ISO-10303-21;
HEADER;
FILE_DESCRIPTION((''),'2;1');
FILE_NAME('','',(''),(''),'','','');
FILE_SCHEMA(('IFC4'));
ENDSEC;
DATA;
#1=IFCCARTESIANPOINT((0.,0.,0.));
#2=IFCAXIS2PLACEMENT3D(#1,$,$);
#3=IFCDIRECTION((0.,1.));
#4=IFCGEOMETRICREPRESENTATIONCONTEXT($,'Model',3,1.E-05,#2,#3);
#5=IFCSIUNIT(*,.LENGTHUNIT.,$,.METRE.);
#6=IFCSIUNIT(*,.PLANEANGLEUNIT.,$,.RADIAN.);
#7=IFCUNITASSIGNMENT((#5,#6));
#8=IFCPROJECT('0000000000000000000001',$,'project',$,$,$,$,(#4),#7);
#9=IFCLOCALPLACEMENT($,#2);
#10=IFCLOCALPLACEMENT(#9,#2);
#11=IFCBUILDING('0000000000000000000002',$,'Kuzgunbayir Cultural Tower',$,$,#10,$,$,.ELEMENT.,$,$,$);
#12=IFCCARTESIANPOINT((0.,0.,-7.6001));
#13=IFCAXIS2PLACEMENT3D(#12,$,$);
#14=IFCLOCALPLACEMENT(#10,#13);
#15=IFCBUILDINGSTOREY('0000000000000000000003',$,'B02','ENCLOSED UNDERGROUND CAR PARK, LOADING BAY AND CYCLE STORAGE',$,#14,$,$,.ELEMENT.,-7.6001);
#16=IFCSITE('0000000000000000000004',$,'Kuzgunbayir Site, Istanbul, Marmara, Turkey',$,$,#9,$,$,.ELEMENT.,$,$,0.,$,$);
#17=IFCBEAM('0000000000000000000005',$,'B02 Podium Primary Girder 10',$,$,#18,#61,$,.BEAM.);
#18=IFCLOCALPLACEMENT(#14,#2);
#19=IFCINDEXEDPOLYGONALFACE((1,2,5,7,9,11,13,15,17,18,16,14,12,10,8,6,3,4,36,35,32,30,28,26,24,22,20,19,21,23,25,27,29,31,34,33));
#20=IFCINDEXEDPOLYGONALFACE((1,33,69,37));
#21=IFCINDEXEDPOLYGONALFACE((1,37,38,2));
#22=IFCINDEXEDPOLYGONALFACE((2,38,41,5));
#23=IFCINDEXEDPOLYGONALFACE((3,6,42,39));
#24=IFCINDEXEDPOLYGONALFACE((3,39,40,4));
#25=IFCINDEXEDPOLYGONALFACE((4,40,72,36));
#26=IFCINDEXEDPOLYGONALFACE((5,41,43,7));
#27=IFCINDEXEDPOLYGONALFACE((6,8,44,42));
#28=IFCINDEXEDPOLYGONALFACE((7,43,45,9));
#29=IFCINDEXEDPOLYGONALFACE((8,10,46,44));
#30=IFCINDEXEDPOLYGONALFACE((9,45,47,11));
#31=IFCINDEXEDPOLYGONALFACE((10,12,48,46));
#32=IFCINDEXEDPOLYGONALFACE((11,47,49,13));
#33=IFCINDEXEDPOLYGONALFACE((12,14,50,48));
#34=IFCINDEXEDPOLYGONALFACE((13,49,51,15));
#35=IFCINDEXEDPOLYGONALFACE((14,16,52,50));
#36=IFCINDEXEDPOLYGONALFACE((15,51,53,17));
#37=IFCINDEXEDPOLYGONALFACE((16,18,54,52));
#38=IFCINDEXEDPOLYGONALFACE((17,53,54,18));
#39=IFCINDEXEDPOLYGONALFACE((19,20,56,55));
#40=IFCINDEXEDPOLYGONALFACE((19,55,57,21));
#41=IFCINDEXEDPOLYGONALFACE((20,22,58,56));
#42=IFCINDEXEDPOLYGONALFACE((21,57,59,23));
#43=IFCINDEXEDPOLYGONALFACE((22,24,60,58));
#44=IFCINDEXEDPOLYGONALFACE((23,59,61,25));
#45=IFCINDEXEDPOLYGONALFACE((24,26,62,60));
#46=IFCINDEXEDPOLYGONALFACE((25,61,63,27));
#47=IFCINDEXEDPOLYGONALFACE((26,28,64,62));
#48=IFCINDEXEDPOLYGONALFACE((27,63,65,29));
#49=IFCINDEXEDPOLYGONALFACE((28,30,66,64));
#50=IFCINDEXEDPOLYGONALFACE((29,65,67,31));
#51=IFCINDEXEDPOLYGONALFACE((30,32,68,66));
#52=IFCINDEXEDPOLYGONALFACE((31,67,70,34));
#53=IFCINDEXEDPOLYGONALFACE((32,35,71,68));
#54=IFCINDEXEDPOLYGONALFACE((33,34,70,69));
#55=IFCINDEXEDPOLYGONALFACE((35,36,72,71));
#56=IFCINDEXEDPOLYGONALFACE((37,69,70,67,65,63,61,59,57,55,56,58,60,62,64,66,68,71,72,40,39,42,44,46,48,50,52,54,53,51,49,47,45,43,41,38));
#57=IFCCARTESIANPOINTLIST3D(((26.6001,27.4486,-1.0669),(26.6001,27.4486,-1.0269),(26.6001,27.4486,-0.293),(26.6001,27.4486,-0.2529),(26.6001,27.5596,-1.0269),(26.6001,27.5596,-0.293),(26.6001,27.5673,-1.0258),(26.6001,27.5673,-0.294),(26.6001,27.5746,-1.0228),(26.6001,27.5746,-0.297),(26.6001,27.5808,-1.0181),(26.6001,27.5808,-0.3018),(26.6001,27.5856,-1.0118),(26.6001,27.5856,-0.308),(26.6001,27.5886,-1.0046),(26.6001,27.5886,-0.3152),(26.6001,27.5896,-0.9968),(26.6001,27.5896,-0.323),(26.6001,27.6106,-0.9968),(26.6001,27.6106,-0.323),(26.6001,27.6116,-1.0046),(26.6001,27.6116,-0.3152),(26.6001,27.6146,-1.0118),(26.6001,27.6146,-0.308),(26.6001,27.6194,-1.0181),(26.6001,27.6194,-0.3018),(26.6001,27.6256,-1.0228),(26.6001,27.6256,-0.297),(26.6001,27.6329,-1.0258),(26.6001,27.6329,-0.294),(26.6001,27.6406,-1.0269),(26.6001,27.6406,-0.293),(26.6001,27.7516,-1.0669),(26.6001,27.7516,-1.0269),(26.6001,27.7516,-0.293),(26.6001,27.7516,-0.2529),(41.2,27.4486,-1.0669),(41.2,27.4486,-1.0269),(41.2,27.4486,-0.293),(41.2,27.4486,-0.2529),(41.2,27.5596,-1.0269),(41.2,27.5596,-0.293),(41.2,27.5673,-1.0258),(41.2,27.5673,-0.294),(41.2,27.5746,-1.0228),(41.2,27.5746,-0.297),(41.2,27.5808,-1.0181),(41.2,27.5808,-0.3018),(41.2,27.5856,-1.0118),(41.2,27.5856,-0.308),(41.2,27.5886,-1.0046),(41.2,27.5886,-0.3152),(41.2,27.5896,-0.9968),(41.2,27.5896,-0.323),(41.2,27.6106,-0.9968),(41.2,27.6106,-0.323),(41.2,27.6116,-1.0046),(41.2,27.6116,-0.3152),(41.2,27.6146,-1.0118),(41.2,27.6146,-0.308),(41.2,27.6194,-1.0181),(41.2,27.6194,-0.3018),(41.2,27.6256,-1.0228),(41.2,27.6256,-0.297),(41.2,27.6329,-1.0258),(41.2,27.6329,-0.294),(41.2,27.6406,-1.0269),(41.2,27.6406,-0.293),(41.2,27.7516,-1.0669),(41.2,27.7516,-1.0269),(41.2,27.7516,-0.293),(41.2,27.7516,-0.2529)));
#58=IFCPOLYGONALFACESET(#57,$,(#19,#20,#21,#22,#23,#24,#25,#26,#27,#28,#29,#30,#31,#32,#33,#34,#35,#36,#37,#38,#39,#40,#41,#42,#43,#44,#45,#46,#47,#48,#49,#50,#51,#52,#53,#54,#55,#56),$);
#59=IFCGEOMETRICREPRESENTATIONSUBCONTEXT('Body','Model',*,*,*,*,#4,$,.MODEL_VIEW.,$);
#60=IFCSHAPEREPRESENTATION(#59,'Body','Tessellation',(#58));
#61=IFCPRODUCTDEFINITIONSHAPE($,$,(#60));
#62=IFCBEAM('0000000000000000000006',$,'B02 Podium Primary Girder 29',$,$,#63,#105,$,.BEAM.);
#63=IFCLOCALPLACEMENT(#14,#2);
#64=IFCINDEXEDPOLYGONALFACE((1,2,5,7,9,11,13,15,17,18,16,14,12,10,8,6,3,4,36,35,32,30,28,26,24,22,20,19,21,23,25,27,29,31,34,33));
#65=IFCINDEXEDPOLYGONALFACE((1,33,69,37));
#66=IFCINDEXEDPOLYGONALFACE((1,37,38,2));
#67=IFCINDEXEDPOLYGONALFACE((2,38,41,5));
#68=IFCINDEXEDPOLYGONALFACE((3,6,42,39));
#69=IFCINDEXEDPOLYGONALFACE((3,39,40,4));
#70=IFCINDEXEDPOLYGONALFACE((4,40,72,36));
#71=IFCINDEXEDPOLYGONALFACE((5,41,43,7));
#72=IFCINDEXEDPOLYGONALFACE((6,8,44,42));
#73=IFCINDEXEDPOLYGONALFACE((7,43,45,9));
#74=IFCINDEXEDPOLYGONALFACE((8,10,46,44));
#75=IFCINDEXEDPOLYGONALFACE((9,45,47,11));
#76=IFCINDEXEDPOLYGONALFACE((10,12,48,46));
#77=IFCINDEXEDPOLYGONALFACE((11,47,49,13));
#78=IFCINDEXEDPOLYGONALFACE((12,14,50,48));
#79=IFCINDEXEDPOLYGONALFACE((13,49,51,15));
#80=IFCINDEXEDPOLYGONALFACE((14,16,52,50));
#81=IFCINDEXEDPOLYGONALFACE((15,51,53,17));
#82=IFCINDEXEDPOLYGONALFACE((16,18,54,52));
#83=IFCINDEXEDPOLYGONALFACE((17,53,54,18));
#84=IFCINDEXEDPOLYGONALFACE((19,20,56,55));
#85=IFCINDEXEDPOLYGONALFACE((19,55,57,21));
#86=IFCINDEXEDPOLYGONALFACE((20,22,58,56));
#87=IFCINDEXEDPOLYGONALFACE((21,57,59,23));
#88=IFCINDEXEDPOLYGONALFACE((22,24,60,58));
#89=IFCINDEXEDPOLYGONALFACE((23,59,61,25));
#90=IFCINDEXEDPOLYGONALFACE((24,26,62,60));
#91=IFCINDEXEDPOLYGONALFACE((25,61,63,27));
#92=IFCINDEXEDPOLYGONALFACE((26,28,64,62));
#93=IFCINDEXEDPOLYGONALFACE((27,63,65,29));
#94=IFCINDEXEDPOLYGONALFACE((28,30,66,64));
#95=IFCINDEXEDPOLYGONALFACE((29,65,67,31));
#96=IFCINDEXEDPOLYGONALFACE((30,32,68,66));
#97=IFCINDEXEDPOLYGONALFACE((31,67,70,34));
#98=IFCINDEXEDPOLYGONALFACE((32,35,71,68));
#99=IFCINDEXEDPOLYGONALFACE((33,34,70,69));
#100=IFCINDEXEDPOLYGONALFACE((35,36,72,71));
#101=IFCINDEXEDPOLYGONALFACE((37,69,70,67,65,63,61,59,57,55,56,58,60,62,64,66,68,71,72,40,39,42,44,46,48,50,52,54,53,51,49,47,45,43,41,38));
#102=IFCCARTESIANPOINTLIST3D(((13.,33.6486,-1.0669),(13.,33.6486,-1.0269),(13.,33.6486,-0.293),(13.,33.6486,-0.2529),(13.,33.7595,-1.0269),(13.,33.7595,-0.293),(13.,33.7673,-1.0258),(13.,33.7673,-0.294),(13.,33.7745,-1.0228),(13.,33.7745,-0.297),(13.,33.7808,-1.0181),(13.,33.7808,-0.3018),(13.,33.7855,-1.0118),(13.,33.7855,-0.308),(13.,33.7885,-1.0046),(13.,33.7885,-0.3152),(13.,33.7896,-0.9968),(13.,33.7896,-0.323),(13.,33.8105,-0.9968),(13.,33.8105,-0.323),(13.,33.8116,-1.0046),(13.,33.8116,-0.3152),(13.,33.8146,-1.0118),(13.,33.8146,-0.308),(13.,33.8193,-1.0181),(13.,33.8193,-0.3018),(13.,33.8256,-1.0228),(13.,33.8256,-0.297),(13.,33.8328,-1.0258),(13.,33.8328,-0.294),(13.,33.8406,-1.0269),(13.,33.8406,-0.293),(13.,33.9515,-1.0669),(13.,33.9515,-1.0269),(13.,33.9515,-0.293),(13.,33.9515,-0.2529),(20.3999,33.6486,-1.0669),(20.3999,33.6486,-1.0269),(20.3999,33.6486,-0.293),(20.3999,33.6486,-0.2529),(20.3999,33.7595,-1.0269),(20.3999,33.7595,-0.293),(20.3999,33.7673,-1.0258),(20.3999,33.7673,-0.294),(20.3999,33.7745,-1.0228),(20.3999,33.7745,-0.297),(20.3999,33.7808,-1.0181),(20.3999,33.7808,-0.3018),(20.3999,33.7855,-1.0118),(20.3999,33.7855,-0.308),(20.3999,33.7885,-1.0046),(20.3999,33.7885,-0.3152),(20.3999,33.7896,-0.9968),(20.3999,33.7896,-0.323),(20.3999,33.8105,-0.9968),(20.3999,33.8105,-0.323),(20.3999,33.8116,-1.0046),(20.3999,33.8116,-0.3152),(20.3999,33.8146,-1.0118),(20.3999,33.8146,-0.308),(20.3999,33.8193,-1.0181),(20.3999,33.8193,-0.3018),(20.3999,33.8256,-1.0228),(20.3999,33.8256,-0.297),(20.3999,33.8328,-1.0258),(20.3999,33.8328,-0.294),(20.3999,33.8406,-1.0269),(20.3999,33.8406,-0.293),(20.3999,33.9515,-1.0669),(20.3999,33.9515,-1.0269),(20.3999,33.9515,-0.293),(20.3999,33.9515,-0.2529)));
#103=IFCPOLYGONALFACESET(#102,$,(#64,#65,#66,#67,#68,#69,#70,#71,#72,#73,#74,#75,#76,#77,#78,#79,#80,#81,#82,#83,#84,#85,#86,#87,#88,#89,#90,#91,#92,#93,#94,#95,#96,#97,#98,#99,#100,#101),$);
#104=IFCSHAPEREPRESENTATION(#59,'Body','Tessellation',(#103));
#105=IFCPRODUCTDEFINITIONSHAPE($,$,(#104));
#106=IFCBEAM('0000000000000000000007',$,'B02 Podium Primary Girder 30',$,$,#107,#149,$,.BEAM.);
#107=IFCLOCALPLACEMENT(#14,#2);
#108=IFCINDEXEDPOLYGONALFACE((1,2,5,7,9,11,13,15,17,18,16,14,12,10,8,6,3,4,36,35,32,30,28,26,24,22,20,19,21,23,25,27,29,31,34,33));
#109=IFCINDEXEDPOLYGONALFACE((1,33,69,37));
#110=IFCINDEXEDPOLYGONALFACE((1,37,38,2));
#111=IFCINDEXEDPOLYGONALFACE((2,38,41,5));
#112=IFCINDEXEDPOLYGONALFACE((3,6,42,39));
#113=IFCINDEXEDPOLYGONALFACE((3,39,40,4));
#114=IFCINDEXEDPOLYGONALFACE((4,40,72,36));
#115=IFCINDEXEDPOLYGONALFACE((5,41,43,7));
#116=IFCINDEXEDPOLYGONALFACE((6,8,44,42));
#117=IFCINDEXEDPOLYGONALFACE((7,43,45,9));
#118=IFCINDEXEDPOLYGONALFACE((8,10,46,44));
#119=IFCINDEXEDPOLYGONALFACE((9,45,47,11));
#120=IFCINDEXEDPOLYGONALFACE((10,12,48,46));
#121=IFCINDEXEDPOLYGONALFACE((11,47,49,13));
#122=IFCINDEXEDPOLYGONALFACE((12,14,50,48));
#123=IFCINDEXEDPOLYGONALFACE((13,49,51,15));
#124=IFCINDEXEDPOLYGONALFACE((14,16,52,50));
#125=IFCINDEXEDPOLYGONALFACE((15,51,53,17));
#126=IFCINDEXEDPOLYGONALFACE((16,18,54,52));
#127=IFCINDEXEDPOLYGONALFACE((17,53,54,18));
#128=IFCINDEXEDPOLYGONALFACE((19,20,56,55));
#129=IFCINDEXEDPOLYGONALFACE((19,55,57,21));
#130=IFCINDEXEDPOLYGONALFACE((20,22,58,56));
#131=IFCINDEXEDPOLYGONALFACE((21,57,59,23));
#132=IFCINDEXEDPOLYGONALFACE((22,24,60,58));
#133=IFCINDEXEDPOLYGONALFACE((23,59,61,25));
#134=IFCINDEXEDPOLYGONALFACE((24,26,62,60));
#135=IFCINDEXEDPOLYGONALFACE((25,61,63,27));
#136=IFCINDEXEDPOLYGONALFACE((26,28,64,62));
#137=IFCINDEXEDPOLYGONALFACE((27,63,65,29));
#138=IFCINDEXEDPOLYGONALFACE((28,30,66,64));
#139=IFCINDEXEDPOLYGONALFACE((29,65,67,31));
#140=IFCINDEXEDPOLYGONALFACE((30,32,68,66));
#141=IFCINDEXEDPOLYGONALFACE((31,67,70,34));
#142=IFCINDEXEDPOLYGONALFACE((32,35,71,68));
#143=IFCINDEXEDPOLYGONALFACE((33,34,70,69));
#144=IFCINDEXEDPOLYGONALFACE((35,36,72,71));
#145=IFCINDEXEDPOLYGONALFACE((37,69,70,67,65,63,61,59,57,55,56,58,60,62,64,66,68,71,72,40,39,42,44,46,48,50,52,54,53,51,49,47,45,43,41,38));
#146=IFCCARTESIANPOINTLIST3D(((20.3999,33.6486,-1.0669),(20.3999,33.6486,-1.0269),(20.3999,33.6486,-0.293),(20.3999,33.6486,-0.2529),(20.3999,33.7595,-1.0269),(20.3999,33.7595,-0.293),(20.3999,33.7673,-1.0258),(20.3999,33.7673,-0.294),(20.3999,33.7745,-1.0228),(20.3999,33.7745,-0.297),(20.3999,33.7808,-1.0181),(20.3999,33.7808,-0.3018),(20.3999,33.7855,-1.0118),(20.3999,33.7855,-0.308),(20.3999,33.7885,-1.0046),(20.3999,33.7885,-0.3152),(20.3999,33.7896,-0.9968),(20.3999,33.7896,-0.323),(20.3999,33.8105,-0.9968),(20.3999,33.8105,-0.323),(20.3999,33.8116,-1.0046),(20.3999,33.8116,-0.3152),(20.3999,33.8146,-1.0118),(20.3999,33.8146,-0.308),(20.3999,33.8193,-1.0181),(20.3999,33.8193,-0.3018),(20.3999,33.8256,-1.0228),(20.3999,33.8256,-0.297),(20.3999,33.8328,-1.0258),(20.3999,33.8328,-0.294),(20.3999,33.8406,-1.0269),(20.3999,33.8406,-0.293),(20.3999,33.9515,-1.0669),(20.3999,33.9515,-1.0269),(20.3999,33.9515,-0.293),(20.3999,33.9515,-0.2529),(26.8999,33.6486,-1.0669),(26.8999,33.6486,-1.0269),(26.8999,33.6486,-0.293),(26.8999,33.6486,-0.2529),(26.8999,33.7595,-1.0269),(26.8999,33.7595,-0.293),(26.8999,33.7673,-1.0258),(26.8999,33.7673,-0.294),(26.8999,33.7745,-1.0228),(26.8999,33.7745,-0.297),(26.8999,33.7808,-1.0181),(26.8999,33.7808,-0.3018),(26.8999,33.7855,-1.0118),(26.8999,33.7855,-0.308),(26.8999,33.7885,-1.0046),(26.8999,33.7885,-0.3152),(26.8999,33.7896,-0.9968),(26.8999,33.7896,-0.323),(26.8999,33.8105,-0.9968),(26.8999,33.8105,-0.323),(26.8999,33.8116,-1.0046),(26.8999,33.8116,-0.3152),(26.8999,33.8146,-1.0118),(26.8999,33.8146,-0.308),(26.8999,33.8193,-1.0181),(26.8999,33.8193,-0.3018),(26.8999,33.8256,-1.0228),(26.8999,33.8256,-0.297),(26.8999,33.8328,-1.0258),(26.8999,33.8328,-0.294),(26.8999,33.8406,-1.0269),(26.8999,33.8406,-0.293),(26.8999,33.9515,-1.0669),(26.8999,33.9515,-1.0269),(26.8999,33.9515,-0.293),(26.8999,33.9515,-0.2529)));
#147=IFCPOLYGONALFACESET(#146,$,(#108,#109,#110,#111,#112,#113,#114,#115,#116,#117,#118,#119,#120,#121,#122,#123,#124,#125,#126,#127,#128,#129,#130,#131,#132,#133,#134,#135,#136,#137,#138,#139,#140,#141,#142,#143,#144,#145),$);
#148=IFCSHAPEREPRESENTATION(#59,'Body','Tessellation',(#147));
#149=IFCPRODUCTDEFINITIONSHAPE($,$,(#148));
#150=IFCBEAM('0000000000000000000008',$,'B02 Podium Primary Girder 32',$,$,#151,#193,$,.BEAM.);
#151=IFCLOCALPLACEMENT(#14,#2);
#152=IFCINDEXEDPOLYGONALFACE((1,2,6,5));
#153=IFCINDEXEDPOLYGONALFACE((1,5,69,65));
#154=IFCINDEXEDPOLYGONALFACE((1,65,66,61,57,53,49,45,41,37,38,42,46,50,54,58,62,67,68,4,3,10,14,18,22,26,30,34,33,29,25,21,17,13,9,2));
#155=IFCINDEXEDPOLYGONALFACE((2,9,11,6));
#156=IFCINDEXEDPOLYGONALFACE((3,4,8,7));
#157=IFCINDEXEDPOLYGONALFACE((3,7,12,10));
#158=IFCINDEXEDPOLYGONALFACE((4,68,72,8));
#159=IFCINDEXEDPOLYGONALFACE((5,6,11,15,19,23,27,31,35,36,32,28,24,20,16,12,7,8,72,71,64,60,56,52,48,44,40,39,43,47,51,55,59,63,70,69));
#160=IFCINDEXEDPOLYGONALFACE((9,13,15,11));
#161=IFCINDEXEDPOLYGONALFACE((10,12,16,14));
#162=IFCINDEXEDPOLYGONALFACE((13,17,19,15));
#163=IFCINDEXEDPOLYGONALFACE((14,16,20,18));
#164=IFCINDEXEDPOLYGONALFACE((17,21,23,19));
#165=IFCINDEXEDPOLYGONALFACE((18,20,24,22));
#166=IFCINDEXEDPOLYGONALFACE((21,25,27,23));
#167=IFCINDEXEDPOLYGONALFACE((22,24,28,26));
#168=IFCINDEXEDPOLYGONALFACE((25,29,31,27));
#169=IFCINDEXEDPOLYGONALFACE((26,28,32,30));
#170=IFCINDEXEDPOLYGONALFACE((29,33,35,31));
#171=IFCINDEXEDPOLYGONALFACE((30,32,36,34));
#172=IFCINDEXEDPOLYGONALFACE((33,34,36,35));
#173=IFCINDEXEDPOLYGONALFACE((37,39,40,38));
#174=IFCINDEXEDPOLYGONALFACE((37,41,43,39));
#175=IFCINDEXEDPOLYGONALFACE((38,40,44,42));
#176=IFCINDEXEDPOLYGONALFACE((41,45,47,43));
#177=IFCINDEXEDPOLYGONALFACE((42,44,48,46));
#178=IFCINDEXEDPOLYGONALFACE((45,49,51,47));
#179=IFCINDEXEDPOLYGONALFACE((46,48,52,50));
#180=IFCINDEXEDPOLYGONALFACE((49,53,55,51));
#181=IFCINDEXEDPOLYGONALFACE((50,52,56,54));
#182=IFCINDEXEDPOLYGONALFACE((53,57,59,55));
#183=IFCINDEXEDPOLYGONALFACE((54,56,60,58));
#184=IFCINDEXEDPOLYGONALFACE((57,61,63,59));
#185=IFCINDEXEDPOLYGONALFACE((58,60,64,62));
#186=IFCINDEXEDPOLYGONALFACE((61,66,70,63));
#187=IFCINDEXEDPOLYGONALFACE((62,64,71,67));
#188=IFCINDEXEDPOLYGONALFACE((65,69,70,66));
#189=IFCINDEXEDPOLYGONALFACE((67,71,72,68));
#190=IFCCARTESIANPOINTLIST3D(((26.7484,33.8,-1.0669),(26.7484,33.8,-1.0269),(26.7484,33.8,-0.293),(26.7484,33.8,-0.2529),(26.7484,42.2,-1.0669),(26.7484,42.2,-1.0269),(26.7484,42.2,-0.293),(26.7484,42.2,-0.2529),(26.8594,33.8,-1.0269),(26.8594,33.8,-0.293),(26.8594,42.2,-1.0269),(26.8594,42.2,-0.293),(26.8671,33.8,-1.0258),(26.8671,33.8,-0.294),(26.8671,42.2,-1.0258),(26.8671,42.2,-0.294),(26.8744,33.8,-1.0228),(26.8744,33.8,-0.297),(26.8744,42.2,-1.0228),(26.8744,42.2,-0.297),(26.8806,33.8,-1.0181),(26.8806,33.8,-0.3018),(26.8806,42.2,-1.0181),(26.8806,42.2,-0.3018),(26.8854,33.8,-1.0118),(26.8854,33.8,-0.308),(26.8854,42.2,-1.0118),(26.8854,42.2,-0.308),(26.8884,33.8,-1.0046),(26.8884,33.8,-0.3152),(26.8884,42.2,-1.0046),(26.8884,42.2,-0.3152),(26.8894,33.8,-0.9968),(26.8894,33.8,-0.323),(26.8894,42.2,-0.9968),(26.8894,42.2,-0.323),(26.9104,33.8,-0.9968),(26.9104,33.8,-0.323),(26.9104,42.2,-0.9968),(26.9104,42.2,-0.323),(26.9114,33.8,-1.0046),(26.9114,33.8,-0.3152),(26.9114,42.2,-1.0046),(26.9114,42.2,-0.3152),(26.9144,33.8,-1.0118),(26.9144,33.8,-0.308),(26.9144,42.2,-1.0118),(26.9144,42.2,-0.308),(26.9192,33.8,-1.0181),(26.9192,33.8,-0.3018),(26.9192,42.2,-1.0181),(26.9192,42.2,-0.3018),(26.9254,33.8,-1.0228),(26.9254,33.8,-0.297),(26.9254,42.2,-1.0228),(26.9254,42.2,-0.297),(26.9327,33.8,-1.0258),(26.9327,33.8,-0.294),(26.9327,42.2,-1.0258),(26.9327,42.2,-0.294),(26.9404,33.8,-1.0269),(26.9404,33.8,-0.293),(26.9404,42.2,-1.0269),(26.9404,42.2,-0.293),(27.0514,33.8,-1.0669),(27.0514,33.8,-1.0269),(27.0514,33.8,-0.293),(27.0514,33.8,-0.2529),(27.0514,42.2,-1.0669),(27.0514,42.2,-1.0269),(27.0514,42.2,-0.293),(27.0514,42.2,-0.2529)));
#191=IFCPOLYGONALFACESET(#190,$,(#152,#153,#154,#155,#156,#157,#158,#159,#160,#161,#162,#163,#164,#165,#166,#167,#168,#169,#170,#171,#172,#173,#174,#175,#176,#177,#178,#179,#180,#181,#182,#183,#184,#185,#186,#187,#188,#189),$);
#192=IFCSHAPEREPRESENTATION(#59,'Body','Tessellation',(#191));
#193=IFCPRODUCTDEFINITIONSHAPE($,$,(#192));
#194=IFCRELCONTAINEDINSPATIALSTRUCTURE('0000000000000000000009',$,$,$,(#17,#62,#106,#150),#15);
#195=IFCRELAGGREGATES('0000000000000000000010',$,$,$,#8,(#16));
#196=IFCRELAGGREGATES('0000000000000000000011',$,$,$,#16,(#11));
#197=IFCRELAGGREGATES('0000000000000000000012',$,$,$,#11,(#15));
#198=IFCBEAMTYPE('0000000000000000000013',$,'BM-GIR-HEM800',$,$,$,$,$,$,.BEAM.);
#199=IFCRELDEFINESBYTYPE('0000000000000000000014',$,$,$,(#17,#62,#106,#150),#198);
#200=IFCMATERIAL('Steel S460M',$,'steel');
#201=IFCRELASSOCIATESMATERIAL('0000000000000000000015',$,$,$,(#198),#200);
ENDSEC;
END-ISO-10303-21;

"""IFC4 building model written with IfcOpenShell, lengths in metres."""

from ifc_helpers import new_model, si_unit, direction, frame, origin, origin_2d, place, context, subcontext, project, spatial, i_section, extrude, material, material_profile, profile_set, type_object, element, save


model = new_model("IFC4")

# Units and contexts
model_context = context("Model", 3, precision=1e-05, world=origin(), true_north=direction((0.0, 1.0)))
body_context = subcontext(model_context, "Body", "Model", "MODEL_VIEW")
ifc_project = project(units=[si_unit("LENGTHUNIT", "METRE"), si_unit("PLANEANGLEUNIT", "RADIAN")], contexts=[model_context])

# Site, building, storey
site_placement = place(None, origin())
site = spatial("IfcSite", under=ifc_project, at=site_placement, Name="Kuzgunbayir Site, Istanbul, Marmara, Turkey", CompositionType="ELEMENT", RefElevation=0.0)
building_placement = place(site_placement, origin())
building = spatial("IfcBuilding", under=site, at=building_placement, Name="Kuzgunbayir Cultural Tower", CompositionType="ELEMENT")
storey_placement = place(building_placement, frame((0.0, 0.0, -7.6001)))
storey = spatial("IfcBuildingStorey", under=building, at=storey_placement, Name="B02", Description="ENCLOSED UNDERGROUND CAR PARK, LOADING BAY AND CYCLE STORAGE", CompositionType="ELEMENT", Elevation=-7.6001)

# Beams
ifc_material_1 = material(Name="Steel S460M", Category="steel")
ifc_material_profile_1 = material_profile(ifc_material_1, i_section(OverallWidth=0.303, OverallDepth=0.814, WebThickness=0.021, FlangeThickness=0.04, FilletRadius=0.03, at=origin_2d()), Name="HEM 800")
ifc_profile_set_1 = profile_set([ifc_material_profile_1], Name="Steel S460M")
beam_type = type_object("IfcBeamType", Name="BM-GIR-HEM800", PredefinedType="BEAM", material=ifc_profile_set_1)
beam_1_placement = place(storey_placement, frame((26.6001, 27.6001, -0.6599), z_axis=(1.0, 0.0, 0.0), x_axis=(0.0, 1.0, 0.0)))
element("IfcBeam", 1, at=beam_1_placement, inside=storey, type_object=beam_type, Name="B02 Podium Primary Girder 10", PredefinedType="BEAM", context=body_context, shape_type="SweptSolid", body=[
    extrude(i_section(OverallWidth=0.303, OverallDepth=0.814, WebThickness=0.021, FlangeThickness=0.04, FilletRadius=0.03, at=origin_2d()), origin(), (0.0, 0.0, 1.0), 14.5999),
])
beam_2_placement = place(storey_placement, frame((13.0, 33.8, -0.6599), z_axis=(1.0, 0.0, 0.0), x_axis=(0.0, 1.0, 0.0)))
element("IfcBeam", 2, at=beam_2_placement, inside=storey, type_object=beam_type, Name="B02 Podium Primary Girder 29", PredefinedType="BEAM", context=body_context, shape_type="SweptSolid", body=[
    extrude(i_section(OverallWidth=0.303, OverallDepth=0.814, WebThickness=0.021, FlangeThickness=0.04, FilletRadius=0.03, at=origin_2d()), origin(), (0.0, 0.0, 1.0), 7.3999),
])
beam_3_placement = place(storey_placement, frame((20.3999, 33.8, -0.6599), z_axis=(1.0, 0.0, 0.0), x_axis=(0.0, 1.0, 0.0)))
element("IfcBeam", 3, at=beam_3_placement, inside=storey, type_object=beam_type, Name="B02 Podium Primary Girder 30", PredefinedType="BEAM", context=body_context, shape_type="SweptSolid", body=[
    extrude(i_section(OverallWidth=0.303, OverallDepth=0.814, WebThickness=0.021, FlangeThickness=0.04, FilletRadius=0.03, at=origin_2d()), origin(), (0.0, 0.0, 1.0), 6.5),
])
beam_4_placement = place(storey_placement, frame((26.8999, 33.8, -0.6599), z_axis=(0.0, 1.0, 0.0), x_axis=(-1.0, 0.0, 0.0)))
element("IfcBeam", 4, at=beam_4_placement, inside=storey, type_object=beam_type, Name="B02 Podium Primary Girder 32", PredefinedType="BEAM", context=body_context, shape_type="SweptSolid", body=[
    extrude(i_section(OverallWidth=0.303, OverallDepth=0.814, WebThickness=0.021, FlangeThickness=0.04, FilletRadius=0.03, at=origin_2d()), origin(), (0.0, 0.0, 1.0), 8.3999),
])

save(model, "model.ifc")
